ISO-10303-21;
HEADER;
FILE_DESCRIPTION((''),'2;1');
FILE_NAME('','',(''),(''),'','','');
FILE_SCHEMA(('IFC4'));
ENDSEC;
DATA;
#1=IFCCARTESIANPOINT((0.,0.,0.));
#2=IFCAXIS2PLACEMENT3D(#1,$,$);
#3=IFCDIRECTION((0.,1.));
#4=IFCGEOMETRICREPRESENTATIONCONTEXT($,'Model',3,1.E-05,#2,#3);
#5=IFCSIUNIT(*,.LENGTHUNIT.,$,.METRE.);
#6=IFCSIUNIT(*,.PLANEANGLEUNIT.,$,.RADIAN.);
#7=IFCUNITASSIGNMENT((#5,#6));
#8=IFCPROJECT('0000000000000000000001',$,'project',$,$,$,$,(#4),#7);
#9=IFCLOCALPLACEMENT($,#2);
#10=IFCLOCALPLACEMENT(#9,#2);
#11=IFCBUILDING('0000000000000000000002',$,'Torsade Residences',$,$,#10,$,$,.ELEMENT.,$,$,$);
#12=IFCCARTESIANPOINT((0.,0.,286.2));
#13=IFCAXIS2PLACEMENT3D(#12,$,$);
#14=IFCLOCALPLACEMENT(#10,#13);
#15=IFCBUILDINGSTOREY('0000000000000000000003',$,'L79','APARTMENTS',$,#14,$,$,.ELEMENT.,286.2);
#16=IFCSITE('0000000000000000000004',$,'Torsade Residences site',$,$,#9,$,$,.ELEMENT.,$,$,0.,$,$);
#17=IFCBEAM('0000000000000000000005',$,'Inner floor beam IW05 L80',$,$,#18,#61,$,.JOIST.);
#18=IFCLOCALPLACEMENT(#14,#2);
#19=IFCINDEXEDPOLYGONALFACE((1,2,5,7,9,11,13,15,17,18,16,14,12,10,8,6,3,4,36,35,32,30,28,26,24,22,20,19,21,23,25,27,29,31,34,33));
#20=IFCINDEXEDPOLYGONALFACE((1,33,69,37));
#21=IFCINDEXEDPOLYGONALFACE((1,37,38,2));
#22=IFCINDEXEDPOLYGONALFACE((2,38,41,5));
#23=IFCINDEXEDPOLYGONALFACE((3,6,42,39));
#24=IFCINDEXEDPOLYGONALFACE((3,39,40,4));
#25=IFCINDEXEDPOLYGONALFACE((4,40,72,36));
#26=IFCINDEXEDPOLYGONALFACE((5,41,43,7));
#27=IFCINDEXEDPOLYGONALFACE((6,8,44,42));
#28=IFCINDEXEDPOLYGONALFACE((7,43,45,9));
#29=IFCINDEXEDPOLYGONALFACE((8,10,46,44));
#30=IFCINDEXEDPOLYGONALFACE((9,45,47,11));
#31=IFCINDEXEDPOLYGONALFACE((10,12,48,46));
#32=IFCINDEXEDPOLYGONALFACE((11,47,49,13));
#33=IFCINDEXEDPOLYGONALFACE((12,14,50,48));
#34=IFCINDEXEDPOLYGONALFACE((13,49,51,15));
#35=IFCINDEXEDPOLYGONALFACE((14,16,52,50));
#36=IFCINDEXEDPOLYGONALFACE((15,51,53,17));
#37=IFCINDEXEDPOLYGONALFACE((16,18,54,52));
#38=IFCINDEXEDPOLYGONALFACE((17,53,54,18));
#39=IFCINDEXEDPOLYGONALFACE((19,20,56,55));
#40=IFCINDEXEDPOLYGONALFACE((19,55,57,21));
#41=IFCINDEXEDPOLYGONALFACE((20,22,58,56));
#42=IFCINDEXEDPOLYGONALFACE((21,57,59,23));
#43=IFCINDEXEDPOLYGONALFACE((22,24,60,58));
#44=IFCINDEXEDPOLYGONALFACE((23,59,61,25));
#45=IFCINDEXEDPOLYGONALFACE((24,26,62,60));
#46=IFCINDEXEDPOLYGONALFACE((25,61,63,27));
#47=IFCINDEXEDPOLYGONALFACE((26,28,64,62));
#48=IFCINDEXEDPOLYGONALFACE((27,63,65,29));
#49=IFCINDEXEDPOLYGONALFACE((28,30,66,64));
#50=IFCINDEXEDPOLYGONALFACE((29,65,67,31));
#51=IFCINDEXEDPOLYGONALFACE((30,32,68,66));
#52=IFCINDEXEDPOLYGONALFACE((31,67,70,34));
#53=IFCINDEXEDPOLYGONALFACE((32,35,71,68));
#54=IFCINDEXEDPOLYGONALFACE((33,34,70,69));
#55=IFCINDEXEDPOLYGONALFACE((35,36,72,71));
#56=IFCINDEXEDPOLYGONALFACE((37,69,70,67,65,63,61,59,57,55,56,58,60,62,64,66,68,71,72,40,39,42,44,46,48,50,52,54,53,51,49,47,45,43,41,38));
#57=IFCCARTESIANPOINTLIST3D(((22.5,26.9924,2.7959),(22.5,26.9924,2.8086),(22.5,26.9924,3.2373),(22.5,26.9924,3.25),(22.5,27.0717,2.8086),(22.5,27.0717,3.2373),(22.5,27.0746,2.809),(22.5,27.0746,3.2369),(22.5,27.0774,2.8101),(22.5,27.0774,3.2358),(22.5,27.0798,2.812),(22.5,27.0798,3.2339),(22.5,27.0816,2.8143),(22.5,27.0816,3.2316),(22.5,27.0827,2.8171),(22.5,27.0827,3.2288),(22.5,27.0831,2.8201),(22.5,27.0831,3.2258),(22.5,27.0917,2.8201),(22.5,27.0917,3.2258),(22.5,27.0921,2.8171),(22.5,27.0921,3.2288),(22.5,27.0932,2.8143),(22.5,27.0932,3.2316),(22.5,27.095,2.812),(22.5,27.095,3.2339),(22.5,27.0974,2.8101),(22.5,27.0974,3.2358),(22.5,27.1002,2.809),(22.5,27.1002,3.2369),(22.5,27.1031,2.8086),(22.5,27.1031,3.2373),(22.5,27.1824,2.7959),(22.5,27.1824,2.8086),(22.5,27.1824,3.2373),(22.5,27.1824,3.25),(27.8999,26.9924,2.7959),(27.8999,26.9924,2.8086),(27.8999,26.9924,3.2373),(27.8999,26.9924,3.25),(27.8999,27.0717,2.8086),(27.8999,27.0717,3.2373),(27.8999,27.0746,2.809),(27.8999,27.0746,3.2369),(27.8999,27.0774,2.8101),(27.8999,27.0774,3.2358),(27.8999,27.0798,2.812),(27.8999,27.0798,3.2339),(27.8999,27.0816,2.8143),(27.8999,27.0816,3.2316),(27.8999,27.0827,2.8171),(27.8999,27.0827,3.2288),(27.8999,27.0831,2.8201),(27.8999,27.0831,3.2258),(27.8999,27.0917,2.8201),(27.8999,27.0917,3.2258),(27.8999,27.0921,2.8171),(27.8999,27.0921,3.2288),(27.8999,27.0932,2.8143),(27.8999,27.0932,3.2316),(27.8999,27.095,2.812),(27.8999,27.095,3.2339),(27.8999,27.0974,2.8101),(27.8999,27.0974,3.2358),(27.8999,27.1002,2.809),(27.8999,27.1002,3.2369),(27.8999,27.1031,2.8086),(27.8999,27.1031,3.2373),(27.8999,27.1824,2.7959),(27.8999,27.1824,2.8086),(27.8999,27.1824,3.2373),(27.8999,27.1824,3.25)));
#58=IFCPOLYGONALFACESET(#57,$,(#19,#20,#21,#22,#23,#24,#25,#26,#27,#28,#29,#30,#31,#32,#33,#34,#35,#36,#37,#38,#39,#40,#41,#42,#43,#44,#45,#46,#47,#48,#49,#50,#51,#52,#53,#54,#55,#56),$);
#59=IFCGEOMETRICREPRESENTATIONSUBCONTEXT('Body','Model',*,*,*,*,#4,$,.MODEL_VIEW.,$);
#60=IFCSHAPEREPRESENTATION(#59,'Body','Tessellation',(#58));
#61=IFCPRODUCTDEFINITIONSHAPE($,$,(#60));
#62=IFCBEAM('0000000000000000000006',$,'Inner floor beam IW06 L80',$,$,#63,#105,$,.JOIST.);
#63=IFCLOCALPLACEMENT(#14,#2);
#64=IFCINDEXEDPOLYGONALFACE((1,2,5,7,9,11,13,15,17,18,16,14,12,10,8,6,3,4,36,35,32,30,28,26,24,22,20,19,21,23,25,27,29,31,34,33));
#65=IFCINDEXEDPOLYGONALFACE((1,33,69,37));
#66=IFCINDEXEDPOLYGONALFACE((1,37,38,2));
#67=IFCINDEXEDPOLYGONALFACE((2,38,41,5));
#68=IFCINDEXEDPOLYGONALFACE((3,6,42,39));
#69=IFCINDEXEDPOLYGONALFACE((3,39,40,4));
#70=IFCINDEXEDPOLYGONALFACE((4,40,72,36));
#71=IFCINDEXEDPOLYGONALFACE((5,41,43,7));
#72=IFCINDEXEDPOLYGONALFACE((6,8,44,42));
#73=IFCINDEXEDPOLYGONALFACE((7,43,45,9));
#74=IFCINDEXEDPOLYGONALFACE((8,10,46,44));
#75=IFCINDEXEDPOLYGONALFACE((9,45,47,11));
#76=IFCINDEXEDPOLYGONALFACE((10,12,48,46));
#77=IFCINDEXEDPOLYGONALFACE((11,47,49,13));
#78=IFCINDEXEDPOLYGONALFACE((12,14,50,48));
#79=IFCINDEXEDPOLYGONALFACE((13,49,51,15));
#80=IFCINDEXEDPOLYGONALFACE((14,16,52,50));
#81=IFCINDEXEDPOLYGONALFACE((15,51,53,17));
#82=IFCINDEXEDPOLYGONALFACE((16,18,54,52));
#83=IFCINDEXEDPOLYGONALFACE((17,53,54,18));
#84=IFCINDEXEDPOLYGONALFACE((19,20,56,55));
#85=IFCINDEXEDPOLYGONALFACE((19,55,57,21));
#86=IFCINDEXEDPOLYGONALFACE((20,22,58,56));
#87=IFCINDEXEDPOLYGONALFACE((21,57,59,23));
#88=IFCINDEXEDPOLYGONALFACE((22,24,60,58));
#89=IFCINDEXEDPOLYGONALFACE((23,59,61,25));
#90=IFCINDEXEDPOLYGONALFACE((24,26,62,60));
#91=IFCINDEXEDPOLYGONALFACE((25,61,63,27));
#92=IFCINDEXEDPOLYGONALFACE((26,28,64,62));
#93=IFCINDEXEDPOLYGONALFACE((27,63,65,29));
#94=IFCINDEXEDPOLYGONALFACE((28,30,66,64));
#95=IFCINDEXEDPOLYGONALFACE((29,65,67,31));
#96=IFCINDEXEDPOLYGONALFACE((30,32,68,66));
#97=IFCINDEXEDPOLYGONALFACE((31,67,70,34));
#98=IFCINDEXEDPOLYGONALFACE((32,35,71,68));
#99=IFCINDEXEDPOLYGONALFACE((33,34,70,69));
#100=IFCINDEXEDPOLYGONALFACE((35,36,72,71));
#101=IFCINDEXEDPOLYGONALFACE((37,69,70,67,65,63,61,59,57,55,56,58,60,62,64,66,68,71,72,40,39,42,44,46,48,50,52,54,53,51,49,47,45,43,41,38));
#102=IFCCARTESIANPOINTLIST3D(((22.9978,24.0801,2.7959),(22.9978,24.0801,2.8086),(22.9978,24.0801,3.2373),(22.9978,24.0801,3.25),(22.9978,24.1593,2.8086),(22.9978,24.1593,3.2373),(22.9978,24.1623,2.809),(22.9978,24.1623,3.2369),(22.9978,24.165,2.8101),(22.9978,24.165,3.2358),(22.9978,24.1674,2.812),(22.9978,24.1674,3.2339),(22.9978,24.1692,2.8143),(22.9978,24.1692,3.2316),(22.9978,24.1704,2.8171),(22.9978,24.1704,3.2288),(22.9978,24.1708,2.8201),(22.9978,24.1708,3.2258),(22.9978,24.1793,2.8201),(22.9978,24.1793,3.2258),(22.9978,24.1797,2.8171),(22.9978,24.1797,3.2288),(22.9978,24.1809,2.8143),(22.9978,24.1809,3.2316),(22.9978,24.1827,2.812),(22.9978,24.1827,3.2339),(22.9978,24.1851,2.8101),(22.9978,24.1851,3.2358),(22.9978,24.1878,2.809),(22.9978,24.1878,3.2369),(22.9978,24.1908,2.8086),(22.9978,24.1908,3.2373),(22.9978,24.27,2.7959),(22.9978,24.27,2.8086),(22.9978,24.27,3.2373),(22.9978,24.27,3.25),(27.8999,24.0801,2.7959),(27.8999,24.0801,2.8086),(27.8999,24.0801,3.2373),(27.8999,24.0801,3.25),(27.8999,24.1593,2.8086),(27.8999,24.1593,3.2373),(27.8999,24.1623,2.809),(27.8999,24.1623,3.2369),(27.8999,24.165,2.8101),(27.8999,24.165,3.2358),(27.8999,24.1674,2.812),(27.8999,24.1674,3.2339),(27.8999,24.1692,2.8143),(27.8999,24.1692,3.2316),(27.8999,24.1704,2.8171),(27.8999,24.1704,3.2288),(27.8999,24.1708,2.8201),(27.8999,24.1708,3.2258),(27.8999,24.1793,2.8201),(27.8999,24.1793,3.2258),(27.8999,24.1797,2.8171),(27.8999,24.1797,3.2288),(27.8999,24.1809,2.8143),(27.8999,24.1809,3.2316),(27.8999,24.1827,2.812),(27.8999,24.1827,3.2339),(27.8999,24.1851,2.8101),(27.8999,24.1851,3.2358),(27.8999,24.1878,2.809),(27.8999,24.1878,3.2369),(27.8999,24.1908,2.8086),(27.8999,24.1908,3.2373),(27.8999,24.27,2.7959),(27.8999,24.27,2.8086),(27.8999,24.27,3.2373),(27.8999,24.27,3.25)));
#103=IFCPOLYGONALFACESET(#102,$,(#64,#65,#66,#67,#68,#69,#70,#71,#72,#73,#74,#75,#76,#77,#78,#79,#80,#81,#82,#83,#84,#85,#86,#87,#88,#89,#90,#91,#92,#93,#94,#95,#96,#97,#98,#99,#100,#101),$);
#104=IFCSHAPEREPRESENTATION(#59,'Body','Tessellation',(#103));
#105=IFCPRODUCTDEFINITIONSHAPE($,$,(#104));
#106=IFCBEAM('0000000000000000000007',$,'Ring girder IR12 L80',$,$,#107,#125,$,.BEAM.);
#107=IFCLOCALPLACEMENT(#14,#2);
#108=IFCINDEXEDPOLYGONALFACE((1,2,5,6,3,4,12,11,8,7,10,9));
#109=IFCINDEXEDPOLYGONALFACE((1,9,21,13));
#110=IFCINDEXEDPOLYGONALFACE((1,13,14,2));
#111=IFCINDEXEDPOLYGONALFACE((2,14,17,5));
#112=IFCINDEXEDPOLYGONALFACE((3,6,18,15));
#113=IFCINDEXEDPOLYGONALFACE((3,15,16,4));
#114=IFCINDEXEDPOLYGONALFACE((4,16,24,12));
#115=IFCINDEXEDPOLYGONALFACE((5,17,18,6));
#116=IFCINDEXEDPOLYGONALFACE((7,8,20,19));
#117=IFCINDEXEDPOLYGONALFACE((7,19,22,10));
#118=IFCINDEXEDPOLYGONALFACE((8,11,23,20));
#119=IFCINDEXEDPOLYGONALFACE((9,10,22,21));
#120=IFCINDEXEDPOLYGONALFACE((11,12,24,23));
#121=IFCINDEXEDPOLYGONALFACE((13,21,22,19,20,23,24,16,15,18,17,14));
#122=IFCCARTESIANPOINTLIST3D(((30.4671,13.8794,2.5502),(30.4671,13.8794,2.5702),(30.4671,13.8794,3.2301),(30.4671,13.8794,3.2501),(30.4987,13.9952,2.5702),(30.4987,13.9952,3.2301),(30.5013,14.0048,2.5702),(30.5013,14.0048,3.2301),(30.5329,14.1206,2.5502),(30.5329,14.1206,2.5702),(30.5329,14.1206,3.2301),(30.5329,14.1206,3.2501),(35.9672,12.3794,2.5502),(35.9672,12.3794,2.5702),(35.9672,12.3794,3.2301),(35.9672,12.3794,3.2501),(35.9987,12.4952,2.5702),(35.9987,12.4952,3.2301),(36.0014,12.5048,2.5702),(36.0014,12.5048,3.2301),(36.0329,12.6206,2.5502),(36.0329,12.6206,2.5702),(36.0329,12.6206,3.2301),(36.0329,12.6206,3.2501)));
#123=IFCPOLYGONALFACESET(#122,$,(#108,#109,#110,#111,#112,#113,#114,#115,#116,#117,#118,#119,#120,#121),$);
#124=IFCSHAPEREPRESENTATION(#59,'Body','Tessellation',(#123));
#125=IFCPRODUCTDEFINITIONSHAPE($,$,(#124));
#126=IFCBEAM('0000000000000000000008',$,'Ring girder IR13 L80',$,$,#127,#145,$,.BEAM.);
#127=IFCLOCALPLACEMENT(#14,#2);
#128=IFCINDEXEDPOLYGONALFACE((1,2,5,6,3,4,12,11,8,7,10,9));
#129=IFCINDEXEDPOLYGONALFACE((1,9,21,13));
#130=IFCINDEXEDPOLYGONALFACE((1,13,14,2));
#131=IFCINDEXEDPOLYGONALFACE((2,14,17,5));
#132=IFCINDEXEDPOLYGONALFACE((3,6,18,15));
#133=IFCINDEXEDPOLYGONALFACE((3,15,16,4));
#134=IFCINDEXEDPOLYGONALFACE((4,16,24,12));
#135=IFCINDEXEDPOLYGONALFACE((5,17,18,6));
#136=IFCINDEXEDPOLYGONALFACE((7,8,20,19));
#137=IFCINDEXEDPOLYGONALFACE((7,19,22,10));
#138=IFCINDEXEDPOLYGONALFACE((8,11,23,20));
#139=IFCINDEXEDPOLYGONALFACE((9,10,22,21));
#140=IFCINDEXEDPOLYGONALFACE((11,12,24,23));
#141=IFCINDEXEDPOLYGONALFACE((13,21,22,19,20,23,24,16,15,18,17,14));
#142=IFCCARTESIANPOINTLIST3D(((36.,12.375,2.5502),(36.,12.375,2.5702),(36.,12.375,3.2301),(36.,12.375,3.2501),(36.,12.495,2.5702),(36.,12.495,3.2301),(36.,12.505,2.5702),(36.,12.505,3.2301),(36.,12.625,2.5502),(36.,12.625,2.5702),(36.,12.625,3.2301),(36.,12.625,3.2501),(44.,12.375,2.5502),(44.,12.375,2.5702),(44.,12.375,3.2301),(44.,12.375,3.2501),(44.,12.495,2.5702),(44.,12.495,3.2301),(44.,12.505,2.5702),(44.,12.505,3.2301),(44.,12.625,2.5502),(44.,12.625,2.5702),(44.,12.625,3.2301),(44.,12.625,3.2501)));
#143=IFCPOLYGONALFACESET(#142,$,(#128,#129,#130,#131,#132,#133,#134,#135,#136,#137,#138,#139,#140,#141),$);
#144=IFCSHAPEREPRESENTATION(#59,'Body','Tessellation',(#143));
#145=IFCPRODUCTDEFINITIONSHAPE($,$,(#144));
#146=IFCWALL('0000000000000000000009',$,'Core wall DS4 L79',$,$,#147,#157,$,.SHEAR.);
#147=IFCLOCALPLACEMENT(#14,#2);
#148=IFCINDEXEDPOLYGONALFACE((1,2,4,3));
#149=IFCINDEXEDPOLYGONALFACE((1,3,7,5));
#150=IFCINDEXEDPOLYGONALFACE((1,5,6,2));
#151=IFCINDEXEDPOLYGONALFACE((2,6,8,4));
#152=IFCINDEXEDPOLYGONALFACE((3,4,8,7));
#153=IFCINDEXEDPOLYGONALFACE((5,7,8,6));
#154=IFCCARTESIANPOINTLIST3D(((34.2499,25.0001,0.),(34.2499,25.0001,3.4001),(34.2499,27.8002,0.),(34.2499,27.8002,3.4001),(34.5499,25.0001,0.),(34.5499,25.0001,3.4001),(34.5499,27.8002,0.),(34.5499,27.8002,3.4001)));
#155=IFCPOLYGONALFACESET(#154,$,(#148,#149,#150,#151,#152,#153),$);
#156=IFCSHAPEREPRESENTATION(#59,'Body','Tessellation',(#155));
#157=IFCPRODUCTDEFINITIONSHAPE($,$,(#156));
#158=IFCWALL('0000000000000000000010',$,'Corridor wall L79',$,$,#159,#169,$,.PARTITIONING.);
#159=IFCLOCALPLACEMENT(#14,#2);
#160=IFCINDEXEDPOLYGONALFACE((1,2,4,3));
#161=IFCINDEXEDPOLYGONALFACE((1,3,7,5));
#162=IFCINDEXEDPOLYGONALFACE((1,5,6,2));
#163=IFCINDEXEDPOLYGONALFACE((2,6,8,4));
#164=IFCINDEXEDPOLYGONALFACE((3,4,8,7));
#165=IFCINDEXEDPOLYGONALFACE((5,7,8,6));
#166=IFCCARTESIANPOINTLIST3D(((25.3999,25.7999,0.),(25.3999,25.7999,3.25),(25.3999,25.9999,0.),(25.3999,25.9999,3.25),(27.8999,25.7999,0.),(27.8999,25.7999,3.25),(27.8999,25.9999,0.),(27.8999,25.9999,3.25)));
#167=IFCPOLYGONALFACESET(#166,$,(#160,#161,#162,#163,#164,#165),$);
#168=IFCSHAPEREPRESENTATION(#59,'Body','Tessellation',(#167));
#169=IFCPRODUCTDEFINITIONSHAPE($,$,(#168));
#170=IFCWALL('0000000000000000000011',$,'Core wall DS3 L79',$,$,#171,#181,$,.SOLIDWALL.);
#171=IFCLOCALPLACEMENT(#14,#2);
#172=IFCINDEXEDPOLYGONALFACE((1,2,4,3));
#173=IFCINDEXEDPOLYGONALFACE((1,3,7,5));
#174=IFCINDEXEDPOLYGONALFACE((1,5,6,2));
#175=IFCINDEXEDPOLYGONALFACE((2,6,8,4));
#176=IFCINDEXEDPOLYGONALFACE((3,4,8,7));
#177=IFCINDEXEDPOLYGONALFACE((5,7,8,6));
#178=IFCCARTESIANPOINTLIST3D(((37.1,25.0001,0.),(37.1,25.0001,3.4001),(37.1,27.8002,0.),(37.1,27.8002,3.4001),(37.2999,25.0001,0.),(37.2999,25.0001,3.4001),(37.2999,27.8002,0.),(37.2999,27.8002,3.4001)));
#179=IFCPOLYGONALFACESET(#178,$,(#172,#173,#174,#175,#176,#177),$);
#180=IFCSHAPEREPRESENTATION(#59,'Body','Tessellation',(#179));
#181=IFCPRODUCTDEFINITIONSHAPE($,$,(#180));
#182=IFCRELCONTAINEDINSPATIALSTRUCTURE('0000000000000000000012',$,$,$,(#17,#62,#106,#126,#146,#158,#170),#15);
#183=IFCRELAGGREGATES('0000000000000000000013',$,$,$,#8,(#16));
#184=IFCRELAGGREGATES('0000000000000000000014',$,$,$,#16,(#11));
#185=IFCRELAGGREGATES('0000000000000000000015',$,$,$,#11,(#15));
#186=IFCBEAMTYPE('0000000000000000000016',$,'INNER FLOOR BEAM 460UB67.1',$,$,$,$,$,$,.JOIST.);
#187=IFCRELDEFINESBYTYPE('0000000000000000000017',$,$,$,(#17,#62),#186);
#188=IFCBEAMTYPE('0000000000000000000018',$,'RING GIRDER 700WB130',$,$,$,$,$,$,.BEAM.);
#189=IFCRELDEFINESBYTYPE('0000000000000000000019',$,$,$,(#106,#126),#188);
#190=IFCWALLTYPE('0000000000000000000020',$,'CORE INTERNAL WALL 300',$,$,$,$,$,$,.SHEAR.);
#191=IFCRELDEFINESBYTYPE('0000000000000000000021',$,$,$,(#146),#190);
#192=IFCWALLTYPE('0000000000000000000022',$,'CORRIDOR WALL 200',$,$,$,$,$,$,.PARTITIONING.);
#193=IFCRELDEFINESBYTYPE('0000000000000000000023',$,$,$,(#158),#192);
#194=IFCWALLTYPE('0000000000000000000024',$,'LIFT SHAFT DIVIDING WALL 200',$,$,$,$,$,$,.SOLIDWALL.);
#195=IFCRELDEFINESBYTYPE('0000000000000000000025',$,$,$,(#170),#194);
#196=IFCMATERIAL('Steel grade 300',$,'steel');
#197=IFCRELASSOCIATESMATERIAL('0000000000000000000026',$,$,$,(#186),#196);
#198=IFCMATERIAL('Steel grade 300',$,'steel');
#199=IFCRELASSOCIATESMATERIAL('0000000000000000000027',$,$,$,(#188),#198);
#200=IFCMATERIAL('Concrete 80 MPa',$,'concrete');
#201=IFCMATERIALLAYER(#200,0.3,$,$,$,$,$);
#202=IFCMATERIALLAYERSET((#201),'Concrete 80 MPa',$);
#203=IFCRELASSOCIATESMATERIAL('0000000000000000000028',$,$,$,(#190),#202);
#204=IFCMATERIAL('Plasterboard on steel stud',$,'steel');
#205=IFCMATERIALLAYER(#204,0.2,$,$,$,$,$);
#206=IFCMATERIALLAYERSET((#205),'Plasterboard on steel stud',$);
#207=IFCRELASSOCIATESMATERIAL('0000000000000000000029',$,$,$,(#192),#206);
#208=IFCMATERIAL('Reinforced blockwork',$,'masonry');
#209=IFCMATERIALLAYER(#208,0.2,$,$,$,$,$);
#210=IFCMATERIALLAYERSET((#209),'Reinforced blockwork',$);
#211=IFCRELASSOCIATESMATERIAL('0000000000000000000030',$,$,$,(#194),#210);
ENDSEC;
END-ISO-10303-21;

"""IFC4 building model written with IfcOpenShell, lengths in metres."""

from ifc_helpers import new_model, si_unit, direction, frame, frame_2d, origin, origin_2d, place, context, subcontext, project, spatial, rectangle, i_section, extrude, material, layer, layer_set, material_profile, profile_set, type_object, element, save


model = new_model("IFC4")

# Units and contexts
model_context = context("Model", 3, precision=1e-05, world=origin(), true_north=direction((0.0, 1.0)))
body_context = subcontext(model_context, "Body", "Model", "MODEL_VIEW")
ifc_project = project(units=[si_unit("LENGTHUNIT", "METRE"), si_unit("PLANEANGLEUNIT", "RADIAN")], contexts=[model_context])

# Site, building, storey
site_placement = place(None, origin())
site = spatial("IfcSite", under=ifc_project, at=site_placement, Name="Torsade Residences site", CompositionType="ELEMENT", RefElevation=0.0)
building_placement = place(site_placement, origin())
building = spatial("IfcBuilding", under=site, at=building_placement, Name="Torsade Residences", CompositionType="ELEMENT")
storey_placement = place(building_placement, frame((0.0, 0.0, 286.2)))
storey = spatial("IfcBuildingStorey", under=building, at=storey_placement, Name="L79", Description="APARTMENTS", CompositionType="ELEMENT", Elevation=286.2)

# Beams
ifc_material_1 = material(Name="Steel grade 300", Category="steel")
ifc_material_profile_1 = material_profile(ifc_material_1, i_section(OverallWidth=0.1899, OverallDepth=0.4541, WebThickness=0.0085, FlangeThickness=0.0127, FilletRadius=0.0115, at=origin_2d()), Name="460UB67.1")
ifc_profile_set_1 = profile_set([ifc_material_profile_1], Name="Steel grade 300")
beam_type_1 = type_object("IfcBeamType", Name="INNER FLOOR BEAM 460UB67.1", PredefinedType="JOIST", material=ifc_profile_set_1)
beam_1_placement = place(storey_placement, frame((27.8999, 27.0874, 3.0229), z_axis=(-1.0, 0.0, 0.0), x_axis=(0.0, -1.0, 0.0)))
element("IfcBeam", 1, at=beam_1_placement, inside=storey, type_object=beam_type_1, Name="Inner floor beam IW05 L80", PredefinedType="JOIST", context=body_context, shape_type="SweptSolid", body=[
    extrude(i_section(OverallWidth=0.1899, OverallDepth=0.4541, WebThickness=0.0085, FlangeThickness=0.0127, FilletRadius=0.0115, at=origin_2d()), origin(), (0.0, 0.0, 1.0), 5.3999),
])
beam_2_placement = place(storey_placement, frame((27.8999, 24.175, 3.0229), z_axis=(-1.0, 0.0, 0.0), x_axis=(0.0, -1.0, 0.0)))
element("IfcBeam", 2, at=beam_2_placement, inside=storey, type_object=beam_type_1, Name="Inner floor beam IW06 L80", PredefinedType="JOIST", context=body_context, shape_type="SweptSolid", body=[
    extrude(i_section(OverallWidth=0.1899, OverallDepth=0.4541, WebThickness=0.0085, FlangeThickness=0.0127, FilletRadius=0.0115, at=origin_2d()), origin(), (0.0, 0.0, 1.0), 4.9021),
])
ifc_material_2 = material(Name="Steel grade 300", Category="steel")
ifc_material_profile_2 = material_profile(ifc_material_2, i_section(OverallWidth=0.25, OverallDepth=0.7, WebThickness=0.01, FlangeThickness=0.02, at=origin_2d()), Name="700WB130")
ifc_profile_set_2 = profile_set([ifc_material_profile_2], Name="Steel grade 300")
beam_type_2 = type_object("IfcBeamType", Name="RING GIRDER 700WB130", PredefinedType="BEAM", material=ifc_profile_set_2)
beam_3_placement = place(storey_placement, frame((30.5, 14.0, 2.9001), z_axis=(0.964764, -0.263117, 0.0), x_axis=(0.263117, 0.964764, 0.0)))
element("IfcBeam", 3, at=beam_3_placement, inside=storey, type_object=beam_type_2, Name="Ring girder IR12 L80", PredefinedType="BEAM", context=body_context, shape_type="SweptSolid", body=[
    extrude(i_section(OverallWidth=0.25, OverallDepth=0.7, WebThickness=0.01, FlangeThickness=0.02, at=origin_2d()), origin(), (0.0, 0.0, 1.0), 5.7009),
])
beam_4_placement = place(storey_placement, frame((36.0, 12.5, 2.9001), z_axis=(1.0, 0.0, 0.0), x_axis=(0.0, 1.0, 0.0)))
element("IfcBeam", 4, at=beam_4_placement, inside=storey, type_object=beam_type_2, Name="Ring girder IR13 L80", PredefinedType="BEAM", context=body_context, shape_type="SweptSolid", body=[
    extrude(i_section(OverallWidth=0.25, OverallDepth=0.7, WebThickness=0.01, FlangeThickness=0.02, at=origin_2d()), origin(), (0.0, 0.0, 1.0), 8.0),
])

# Walls
ifc_material_3 = material(Name="Concrete 80 MPa", Category="concrete")
ifc_layer_1 = layer(ifc_material_3, 0.3)
ifc_layer_set_1 = layer_set([ifc_layer_1], Name="Concrete 80 MPa")
wall_type_1 = type_object("IfcWallType", Name="CORE INTERNAL WALL 300", PredefinedType="SHEAR", material=ifc_layer_set_1)
wall_1_placement = place(storey_placement, frame((34.3999, 27.8, 0.0), z_axis=(0.0, 0.0, 1.0), x_axis=(0.0, -1.0, 0.0)))
element("IfcWall", 5, at=wall_1_placement, inside=storey, type_object=wall_type_1, Name="Core wall DS4 L79", PredefinedType="SHEAR", context=body_context, shape_type="SweptSolid", body=[
    extrude(rectangle(XDim=2.8, YDim=0.3, at=frame_2d((1.3999, 0.0))), origin(), (0.0, 0.0, 1.0), 3.4001),
])
ifc_material_4 = material(Name="Plasterboard on steel stud", Category="steel")
ifc_layer_2 = layer(ifc_material_4, 0.2)
ifc_layer_set_2 = layer_set([ifc_layer_2], Name="Plasterboard on steel stud")
wall_type_2 = type_object("IfcWallType", Name="CORRIDOR WALL 200", PredefinedType="PARTITIONING", material=ifc_layer_set_2)
wall_2_placement = place(storey_placement, frame((27.8999, 25.8999, 0.0), z_axis=(0.0, 0.0, 1.0), x_axis=(-1.0, 0.0, 0.0)))
element("IfcWall", 6, at=wall_2_placement, inside=storey, type_object=wall_type_2, Name="Corridor wall L79", PredefinedType="PARTITIONING", context=body_context, shape_type="SweptSolid", body=[
    extrude(rectangle(XDim=2.5, YDim=0.2, at=frame_2d((1.25, 0.0))), origin(), (0.0, 0.0, 1.0), 3.25),
])
ifc_material_5 = material(Name="Reinforced blockwork", Category="masonry")
ifc_layer_3 = layer(ifc_material_5, 0.2)
ifc_layer_set_3 = layer_set([ifc_layer_3], Name="Reinforced blockwork")
wall_type_3 = type_object("IfcWallType", Name="LIFT SHAFT DIVIDING WALL 200", PredefinedType="SOLIDWALL", material=ifc_layer_set_3)
wall_3_placement = place(storey_placement, frame((37.2, 27.8, 0.0), z_axis=(0.0, 0.0, 1.0), x_axis=(0.0, -1.0, 0.0)))
element("IfcWall", 7, at=wall_3_placement, inside=storey, type_object=wall_type_3, Name="Core wall DS3 L79", PredefinedType="SOLIDWALL", context=body_context, shape_type="SweptSolid", body=[
    extrude(rectangle(XDim=2.8, YDim=0.2, at=frame_2d((1.3999, 0.0))), origin(), (0.0, 0.0, 1.0), 3.4001),
])

save(model, "model.ifc")
